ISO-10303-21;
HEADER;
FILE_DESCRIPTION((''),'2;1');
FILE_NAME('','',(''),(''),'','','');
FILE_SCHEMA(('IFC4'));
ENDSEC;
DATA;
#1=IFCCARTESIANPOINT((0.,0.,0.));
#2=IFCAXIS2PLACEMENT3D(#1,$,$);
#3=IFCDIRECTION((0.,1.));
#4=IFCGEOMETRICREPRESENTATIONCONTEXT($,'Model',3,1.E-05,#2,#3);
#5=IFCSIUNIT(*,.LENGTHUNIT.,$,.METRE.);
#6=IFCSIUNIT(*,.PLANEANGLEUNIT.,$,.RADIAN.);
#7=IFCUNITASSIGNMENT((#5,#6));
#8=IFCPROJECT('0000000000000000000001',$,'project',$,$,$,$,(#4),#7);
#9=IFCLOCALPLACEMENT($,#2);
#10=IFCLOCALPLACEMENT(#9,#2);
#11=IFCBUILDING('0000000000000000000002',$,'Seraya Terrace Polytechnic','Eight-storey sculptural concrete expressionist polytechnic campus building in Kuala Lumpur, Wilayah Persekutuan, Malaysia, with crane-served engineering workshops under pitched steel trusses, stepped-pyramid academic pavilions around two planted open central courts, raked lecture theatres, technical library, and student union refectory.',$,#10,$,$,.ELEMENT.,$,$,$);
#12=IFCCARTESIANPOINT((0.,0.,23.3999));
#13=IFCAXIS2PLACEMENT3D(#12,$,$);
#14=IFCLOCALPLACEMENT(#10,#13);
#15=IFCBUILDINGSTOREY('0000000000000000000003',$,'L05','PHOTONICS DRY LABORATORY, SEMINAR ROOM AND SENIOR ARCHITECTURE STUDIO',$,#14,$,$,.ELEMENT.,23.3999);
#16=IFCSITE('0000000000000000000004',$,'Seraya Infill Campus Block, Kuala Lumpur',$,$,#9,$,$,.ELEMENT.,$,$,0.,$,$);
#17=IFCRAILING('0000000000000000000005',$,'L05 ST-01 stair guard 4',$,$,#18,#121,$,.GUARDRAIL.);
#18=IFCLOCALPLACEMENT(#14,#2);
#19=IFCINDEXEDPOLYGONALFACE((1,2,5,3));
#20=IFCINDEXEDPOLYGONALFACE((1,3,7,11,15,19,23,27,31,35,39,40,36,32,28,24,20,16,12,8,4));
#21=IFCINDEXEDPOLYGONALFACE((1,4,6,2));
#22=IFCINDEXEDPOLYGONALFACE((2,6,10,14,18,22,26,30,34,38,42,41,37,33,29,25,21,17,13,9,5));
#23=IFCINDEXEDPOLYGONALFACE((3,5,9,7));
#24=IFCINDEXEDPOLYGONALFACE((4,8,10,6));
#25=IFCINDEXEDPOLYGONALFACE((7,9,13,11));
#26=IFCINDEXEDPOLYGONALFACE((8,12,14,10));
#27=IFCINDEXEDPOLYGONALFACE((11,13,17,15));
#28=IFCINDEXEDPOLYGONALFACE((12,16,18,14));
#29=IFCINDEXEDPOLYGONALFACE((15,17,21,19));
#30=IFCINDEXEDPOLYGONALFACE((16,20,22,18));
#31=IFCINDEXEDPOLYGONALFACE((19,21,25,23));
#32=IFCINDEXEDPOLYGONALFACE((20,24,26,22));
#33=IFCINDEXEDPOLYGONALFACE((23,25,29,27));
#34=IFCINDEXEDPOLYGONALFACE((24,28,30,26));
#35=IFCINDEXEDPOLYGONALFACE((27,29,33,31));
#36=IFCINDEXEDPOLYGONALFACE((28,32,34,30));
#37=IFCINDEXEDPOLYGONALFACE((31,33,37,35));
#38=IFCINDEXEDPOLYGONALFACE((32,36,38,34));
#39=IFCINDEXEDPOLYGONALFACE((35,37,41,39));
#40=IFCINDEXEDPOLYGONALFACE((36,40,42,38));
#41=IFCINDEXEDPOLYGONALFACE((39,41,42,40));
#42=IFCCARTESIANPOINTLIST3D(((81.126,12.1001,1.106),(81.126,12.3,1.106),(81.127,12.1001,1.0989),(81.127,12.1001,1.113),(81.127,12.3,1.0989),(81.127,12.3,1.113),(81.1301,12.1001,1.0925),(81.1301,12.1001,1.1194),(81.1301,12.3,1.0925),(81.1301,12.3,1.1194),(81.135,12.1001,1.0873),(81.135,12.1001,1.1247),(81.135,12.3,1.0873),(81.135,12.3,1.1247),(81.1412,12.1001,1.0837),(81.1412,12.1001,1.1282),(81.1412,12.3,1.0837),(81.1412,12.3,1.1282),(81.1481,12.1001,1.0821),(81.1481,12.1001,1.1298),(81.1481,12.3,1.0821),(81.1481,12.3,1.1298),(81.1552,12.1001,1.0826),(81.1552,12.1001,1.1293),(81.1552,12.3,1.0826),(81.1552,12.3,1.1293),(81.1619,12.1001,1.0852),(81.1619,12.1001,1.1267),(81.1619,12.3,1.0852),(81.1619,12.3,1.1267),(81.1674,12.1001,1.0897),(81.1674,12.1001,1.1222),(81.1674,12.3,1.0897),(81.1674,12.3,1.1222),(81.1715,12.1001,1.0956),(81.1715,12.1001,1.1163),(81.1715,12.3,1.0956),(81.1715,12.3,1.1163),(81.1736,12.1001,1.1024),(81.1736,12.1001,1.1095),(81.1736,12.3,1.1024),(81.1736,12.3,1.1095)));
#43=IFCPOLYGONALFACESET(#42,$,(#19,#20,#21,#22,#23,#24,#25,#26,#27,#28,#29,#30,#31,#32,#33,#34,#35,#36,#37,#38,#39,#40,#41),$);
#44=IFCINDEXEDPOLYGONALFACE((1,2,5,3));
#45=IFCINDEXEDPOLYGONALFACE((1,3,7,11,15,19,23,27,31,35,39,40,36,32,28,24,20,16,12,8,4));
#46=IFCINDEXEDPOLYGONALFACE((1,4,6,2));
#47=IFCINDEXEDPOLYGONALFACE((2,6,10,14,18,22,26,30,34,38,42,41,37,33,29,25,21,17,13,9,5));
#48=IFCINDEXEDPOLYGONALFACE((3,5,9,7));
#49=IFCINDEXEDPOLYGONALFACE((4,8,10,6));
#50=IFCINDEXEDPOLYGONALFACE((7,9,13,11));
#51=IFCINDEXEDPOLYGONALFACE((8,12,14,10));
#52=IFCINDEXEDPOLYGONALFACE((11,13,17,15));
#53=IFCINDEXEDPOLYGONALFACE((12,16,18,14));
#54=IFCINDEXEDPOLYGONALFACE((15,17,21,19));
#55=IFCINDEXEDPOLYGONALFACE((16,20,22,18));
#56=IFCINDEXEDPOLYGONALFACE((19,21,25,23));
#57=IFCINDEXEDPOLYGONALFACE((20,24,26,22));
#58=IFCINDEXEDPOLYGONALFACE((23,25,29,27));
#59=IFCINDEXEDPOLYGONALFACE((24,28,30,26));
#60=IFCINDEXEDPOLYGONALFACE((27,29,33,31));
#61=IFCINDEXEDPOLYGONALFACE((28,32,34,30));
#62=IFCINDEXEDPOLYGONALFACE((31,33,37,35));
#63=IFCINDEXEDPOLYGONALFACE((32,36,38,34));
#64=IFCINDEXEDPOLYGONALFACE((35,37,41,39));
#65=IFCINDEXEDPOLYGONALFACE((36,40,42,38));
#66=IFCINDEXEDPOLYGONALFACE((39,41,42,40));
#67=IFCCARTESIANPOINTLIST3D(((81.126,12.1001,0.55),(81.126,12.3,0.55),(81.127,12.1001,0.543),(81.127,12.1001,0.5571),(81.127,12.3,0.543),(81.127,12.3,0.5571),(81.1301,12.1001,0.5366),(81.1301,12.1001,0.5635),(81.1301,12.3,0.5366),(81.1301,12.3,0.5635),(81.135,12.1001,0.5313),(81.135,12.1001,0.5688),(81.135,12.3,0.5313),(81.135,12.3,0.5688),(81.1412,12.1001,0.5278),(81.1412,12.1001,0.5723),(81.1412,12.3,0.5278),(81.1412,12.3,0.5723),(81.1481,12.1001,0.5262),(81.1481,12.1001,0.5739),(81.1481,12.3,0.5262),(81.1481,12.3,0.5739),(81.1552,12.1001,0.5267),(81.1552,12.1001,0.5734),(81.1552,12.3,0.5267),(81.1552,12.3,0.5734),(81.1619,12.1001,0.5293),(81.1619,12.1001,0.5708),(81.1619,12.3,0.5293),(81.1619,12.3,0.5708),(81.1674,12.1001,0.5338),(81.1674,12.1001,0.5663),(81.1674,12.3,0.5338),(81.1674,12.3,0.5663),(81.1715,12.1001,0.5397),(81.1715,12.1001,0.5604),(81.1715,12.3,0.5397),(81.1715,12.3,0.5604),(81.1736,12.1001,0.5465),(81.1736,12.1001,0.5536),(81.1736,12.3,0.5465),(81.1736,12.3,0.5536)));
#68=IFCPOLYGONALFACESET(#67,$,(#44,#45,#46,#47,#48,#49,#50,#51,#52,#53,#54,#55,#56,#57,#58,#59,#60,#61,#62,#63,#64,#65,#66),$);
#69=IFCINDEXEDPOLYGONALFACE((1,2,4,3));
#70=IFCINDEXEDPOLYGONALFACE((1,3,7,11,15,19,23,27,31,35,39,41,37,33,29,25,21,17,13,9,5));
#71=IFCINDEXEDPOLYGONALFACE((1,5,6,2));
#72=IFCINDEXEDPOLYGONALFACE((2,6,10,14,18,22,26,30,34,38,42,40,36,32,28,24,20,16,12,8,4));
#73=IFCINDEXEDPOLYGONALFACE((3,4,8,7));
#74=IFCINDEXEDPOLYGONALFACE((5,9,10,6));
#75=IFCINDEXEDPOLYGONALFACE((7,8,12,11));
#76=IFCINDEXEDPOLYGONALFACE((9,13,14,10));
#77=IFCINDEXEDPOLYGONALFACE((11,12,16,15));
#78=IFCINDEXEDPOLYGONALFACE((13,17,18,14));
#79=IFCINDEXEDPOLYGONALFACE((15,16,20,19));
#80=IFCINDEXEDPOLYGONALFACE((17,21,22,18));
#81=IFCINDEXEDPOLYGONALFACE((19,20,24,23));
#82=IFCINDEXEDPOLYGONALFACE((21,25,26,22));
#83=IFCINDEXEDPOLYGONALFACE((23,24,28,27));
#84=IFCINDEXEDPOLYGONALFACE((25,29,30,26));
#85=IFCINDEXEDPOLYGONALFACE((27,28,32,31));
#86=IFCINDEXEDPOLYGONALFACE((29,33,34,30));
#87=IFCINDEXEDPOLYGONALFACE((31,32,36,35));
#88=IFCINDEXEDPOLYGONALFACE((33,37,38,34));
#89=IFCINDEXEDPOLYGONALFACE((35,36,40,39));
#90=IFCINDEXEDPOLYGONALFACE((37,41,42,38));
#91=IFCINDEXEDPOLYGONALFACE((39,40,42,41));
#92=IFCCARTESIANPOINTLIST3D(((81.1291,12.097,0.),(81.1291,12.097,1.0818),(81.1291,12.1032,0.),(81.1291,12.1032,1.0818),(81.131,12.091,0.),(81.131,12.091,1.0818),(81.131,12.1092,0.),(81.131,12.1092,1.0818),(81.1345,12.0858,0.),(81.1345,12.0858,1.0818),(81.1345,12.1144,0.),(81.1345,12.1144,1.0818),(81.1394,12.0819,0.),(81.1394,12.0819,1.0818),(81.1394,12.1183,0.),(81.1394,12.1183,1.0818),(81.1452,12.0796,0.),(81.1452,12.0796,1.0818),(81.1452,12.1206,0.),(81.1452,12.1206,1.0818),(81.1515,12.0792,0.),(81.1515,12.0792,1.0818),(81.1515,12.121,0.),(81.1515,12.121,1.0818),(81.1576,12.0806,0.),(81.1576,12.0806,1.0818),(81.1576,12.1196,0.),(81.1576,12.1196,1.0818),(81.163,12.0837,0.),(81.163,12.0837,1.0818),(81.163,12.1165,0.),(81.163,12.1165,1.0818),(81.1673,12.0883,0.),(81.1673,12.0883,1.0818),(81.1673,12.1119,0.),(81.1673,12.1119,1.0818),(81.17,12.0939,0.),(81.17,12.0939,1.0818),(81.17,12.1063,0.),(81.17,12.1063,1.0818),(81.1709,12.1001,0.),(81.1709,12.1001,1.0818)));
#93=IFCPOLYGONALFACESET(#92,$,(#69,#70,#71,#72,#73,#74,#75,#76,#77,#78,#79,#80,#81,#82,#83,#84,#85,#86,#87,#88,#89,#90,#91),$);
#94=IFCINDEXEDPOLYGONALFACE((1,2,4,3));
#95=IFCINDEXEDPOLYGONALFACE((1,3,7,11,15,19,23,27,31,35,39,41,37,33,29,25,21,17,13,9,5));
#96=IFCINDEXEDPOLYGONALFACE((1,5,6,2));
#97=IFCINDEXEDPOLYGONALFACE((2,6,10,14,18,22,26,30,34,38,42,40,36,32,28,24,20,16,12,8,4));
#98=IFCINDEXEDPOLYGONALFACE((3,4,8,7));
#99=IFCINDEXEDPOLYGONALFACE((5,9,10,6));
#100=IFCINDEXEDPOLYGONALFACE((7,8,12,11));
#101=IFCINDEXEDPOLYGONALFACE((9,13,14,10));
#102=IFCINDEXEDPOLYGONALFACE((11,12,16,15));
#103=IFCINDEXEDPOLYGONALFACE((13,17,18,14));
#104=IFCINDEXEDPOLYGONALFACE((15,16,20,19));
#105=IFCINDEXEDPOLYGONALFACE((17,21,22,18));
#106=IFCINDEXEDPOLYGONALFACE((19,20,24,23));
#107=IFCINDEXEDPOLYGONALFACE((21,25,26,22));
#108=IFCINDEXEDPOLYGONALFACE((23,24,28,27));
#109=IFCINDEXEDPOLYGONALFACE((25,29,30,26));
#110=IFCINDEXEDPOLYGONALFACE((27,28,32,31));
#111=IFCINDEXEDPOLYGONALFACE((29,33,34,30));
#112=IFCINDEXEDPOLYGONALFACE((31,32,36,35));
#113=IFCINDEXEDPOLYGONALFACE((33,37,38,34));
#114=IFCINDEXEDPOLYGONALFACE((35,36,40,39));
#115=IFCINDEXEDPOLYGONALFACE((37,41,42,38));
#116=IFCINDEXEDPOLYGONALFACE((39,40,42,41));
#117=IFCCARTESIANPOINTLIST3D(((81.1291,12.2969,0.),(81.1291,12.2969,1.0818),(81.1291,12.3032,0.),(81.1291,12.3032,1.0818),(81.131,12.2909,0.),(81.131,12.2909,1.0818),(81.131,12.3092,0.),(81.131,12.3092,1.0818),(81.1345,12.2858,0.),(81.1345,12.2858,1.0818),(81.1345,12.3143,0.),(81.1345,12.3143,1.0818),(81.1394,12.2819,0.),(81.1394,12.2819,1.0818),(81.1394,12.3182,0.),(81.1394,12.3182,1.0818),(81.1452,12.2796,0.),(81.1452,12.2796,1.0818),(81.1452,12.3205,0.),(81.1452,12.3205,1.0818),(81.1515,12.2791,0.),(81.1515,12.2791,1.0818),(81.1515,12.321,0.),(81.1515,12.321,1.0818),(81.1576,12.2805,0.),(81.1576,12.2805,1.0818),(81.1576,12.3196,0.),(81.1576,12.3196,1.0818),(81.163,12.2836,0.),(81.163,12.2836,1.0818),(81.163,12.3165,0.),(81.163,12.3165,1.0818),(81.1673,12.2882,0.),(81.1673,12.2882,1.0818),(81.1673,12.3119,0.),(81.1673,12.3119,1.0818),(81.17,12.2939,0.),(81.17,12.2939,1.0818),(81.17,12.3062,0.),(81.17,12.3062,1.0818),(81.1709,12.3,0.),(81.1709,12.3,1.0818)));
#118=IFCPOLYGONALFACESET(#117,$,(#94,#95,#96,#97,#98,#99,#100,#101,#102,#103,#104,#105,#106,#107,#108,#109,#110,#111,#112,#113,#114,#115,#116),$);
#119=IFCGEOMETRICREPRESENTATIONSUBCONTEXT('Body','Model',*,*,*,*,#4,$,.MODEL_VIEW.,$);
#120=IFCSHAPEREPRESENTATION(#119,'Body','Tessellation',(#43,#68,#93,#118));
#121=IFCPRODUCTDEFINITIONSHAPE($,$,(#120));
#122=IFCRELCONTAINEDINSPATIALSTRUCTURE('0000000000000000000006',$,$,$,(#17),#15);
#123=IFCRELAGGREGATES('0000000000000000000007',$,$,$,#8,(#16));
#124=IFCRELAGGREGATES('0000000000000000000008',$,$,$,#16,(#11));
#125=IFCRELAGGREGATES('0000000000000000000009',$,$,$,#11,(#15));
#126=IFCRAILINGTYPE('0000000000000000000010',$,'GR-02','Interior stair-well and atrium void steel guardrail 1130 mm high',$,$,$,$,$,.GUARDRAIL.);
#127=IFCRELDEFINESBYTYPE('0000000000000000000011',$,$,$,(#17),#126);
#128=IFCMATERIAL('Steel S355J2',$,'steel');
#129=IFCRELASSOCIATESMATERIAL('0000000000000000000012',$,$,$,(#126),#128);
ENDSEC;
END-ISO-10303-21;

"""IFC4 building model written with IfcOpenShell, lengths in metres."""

from ifc_helpers import new_model, si_unit, direction, frame, origin, origin_2d, place, context, subcontext, project, spatial, circle, extrude, material, type_object, element, save


model = new_model("IFC4")

# Units and contexts
model_context = context("Model", 3, precision=1e-05, world=origin(), true_north=direction((0.0, 1.0)))
body_context = subcontext(model_context, "Body", "Model", "MODEL_VIEW")
ifc_project = project(units=[si_unit("LENGTHUNIT", "METRE"), si_unit("PLANEANGLEUNIT", "RADIAN")], contexts=[model_context])

# Site, building, storey
site_placement = place(None, origin())
site = spatial("IfcSite", under=ifc_project, at=site_placement, Name="Seraya Infill Campus Block, Kuala Lumpur", CompositionType="ELEMENT", RefElevation=0.0)
building_placement = place(site_placement, origin())
building = spatial("IfcBuilding", under=site, at=building_placement, Name="Seraya Terrace Polytechnic", Description="Eight-storey sculptural concrete expressionist polytechnic campus building in Kuala Lumpur, Wilayah Persekutuan, Malaysia, with crane-served engineering workshops under pitched steel trusses, stepped-pyramid academic pavilions around two planted open central courts, raked lecture theatres, technical library, and student union refectory.", CompositionType="ELEMENT")
storey_placement = place(building_placement, frame((0.0, 0.0, 23.3999)))
storey = spatial("IfcBuildingStorey", under=building, at=storey_placement, Name="L05", Description="PHOTONICS DRY LABORATORY, SEMINAR ROOM AND SENIOR ARCHITECTURE STUDIO", CompositionType="ELEMENT", Elevation=23.3999)

# Railing
ifc_material_1 = material(Name="Steel S355J2", Category="steel")
railing_type_1 = type_object("IfcRailingType", Name="GR-02", Description="Interior stair-well and atrium void steel guardrail 1130 mm high", PredefinedType="GUARDRAIL", material=ifc_material_1)
railing_1_placement = place(storey_placement, frame((81.1499, 12.1001, 0.0)))
element("IfcRailing", 1, at=railing_1_placement, inside=storey, type_object=railing_type_1, Name="L05 ST-01 stair guard 4", PredefinedType="GUARDRAIL", context=body_context, shape_type="SweptSolid", body=[
    extrude(circle(Radius=0.0239, at=origin_2d()), frame((0.0, 0.0, 1.106), z_axis=(0.0, 1.0, 0.0), x_axis=(-1.0, 0.0, 0.0)), (0.0, 0.0, 1.0), 0.2),
    extrude(circle(Radius=0.0239, at=origin_2d()), frame((0.0, 0.0, 0.55), z_axis=(0.0, 1.0, 0.0), x_axis=(-1.0, 0.0, 0.0)), (0.0, 0.0, 1.0), 0.2),
    extrude(circle(Radius=0.021, at=origin_2d()), origin(), (0.0, 0.0, 1.0), 1.0818),
    extrude(circle(Radius=0.021, at=origin_2d()), frame((0.0, 0.2, 0.0)), (0.0, 0.0, 1.0), 1.0818),
])

save(model, "model.ifc")
